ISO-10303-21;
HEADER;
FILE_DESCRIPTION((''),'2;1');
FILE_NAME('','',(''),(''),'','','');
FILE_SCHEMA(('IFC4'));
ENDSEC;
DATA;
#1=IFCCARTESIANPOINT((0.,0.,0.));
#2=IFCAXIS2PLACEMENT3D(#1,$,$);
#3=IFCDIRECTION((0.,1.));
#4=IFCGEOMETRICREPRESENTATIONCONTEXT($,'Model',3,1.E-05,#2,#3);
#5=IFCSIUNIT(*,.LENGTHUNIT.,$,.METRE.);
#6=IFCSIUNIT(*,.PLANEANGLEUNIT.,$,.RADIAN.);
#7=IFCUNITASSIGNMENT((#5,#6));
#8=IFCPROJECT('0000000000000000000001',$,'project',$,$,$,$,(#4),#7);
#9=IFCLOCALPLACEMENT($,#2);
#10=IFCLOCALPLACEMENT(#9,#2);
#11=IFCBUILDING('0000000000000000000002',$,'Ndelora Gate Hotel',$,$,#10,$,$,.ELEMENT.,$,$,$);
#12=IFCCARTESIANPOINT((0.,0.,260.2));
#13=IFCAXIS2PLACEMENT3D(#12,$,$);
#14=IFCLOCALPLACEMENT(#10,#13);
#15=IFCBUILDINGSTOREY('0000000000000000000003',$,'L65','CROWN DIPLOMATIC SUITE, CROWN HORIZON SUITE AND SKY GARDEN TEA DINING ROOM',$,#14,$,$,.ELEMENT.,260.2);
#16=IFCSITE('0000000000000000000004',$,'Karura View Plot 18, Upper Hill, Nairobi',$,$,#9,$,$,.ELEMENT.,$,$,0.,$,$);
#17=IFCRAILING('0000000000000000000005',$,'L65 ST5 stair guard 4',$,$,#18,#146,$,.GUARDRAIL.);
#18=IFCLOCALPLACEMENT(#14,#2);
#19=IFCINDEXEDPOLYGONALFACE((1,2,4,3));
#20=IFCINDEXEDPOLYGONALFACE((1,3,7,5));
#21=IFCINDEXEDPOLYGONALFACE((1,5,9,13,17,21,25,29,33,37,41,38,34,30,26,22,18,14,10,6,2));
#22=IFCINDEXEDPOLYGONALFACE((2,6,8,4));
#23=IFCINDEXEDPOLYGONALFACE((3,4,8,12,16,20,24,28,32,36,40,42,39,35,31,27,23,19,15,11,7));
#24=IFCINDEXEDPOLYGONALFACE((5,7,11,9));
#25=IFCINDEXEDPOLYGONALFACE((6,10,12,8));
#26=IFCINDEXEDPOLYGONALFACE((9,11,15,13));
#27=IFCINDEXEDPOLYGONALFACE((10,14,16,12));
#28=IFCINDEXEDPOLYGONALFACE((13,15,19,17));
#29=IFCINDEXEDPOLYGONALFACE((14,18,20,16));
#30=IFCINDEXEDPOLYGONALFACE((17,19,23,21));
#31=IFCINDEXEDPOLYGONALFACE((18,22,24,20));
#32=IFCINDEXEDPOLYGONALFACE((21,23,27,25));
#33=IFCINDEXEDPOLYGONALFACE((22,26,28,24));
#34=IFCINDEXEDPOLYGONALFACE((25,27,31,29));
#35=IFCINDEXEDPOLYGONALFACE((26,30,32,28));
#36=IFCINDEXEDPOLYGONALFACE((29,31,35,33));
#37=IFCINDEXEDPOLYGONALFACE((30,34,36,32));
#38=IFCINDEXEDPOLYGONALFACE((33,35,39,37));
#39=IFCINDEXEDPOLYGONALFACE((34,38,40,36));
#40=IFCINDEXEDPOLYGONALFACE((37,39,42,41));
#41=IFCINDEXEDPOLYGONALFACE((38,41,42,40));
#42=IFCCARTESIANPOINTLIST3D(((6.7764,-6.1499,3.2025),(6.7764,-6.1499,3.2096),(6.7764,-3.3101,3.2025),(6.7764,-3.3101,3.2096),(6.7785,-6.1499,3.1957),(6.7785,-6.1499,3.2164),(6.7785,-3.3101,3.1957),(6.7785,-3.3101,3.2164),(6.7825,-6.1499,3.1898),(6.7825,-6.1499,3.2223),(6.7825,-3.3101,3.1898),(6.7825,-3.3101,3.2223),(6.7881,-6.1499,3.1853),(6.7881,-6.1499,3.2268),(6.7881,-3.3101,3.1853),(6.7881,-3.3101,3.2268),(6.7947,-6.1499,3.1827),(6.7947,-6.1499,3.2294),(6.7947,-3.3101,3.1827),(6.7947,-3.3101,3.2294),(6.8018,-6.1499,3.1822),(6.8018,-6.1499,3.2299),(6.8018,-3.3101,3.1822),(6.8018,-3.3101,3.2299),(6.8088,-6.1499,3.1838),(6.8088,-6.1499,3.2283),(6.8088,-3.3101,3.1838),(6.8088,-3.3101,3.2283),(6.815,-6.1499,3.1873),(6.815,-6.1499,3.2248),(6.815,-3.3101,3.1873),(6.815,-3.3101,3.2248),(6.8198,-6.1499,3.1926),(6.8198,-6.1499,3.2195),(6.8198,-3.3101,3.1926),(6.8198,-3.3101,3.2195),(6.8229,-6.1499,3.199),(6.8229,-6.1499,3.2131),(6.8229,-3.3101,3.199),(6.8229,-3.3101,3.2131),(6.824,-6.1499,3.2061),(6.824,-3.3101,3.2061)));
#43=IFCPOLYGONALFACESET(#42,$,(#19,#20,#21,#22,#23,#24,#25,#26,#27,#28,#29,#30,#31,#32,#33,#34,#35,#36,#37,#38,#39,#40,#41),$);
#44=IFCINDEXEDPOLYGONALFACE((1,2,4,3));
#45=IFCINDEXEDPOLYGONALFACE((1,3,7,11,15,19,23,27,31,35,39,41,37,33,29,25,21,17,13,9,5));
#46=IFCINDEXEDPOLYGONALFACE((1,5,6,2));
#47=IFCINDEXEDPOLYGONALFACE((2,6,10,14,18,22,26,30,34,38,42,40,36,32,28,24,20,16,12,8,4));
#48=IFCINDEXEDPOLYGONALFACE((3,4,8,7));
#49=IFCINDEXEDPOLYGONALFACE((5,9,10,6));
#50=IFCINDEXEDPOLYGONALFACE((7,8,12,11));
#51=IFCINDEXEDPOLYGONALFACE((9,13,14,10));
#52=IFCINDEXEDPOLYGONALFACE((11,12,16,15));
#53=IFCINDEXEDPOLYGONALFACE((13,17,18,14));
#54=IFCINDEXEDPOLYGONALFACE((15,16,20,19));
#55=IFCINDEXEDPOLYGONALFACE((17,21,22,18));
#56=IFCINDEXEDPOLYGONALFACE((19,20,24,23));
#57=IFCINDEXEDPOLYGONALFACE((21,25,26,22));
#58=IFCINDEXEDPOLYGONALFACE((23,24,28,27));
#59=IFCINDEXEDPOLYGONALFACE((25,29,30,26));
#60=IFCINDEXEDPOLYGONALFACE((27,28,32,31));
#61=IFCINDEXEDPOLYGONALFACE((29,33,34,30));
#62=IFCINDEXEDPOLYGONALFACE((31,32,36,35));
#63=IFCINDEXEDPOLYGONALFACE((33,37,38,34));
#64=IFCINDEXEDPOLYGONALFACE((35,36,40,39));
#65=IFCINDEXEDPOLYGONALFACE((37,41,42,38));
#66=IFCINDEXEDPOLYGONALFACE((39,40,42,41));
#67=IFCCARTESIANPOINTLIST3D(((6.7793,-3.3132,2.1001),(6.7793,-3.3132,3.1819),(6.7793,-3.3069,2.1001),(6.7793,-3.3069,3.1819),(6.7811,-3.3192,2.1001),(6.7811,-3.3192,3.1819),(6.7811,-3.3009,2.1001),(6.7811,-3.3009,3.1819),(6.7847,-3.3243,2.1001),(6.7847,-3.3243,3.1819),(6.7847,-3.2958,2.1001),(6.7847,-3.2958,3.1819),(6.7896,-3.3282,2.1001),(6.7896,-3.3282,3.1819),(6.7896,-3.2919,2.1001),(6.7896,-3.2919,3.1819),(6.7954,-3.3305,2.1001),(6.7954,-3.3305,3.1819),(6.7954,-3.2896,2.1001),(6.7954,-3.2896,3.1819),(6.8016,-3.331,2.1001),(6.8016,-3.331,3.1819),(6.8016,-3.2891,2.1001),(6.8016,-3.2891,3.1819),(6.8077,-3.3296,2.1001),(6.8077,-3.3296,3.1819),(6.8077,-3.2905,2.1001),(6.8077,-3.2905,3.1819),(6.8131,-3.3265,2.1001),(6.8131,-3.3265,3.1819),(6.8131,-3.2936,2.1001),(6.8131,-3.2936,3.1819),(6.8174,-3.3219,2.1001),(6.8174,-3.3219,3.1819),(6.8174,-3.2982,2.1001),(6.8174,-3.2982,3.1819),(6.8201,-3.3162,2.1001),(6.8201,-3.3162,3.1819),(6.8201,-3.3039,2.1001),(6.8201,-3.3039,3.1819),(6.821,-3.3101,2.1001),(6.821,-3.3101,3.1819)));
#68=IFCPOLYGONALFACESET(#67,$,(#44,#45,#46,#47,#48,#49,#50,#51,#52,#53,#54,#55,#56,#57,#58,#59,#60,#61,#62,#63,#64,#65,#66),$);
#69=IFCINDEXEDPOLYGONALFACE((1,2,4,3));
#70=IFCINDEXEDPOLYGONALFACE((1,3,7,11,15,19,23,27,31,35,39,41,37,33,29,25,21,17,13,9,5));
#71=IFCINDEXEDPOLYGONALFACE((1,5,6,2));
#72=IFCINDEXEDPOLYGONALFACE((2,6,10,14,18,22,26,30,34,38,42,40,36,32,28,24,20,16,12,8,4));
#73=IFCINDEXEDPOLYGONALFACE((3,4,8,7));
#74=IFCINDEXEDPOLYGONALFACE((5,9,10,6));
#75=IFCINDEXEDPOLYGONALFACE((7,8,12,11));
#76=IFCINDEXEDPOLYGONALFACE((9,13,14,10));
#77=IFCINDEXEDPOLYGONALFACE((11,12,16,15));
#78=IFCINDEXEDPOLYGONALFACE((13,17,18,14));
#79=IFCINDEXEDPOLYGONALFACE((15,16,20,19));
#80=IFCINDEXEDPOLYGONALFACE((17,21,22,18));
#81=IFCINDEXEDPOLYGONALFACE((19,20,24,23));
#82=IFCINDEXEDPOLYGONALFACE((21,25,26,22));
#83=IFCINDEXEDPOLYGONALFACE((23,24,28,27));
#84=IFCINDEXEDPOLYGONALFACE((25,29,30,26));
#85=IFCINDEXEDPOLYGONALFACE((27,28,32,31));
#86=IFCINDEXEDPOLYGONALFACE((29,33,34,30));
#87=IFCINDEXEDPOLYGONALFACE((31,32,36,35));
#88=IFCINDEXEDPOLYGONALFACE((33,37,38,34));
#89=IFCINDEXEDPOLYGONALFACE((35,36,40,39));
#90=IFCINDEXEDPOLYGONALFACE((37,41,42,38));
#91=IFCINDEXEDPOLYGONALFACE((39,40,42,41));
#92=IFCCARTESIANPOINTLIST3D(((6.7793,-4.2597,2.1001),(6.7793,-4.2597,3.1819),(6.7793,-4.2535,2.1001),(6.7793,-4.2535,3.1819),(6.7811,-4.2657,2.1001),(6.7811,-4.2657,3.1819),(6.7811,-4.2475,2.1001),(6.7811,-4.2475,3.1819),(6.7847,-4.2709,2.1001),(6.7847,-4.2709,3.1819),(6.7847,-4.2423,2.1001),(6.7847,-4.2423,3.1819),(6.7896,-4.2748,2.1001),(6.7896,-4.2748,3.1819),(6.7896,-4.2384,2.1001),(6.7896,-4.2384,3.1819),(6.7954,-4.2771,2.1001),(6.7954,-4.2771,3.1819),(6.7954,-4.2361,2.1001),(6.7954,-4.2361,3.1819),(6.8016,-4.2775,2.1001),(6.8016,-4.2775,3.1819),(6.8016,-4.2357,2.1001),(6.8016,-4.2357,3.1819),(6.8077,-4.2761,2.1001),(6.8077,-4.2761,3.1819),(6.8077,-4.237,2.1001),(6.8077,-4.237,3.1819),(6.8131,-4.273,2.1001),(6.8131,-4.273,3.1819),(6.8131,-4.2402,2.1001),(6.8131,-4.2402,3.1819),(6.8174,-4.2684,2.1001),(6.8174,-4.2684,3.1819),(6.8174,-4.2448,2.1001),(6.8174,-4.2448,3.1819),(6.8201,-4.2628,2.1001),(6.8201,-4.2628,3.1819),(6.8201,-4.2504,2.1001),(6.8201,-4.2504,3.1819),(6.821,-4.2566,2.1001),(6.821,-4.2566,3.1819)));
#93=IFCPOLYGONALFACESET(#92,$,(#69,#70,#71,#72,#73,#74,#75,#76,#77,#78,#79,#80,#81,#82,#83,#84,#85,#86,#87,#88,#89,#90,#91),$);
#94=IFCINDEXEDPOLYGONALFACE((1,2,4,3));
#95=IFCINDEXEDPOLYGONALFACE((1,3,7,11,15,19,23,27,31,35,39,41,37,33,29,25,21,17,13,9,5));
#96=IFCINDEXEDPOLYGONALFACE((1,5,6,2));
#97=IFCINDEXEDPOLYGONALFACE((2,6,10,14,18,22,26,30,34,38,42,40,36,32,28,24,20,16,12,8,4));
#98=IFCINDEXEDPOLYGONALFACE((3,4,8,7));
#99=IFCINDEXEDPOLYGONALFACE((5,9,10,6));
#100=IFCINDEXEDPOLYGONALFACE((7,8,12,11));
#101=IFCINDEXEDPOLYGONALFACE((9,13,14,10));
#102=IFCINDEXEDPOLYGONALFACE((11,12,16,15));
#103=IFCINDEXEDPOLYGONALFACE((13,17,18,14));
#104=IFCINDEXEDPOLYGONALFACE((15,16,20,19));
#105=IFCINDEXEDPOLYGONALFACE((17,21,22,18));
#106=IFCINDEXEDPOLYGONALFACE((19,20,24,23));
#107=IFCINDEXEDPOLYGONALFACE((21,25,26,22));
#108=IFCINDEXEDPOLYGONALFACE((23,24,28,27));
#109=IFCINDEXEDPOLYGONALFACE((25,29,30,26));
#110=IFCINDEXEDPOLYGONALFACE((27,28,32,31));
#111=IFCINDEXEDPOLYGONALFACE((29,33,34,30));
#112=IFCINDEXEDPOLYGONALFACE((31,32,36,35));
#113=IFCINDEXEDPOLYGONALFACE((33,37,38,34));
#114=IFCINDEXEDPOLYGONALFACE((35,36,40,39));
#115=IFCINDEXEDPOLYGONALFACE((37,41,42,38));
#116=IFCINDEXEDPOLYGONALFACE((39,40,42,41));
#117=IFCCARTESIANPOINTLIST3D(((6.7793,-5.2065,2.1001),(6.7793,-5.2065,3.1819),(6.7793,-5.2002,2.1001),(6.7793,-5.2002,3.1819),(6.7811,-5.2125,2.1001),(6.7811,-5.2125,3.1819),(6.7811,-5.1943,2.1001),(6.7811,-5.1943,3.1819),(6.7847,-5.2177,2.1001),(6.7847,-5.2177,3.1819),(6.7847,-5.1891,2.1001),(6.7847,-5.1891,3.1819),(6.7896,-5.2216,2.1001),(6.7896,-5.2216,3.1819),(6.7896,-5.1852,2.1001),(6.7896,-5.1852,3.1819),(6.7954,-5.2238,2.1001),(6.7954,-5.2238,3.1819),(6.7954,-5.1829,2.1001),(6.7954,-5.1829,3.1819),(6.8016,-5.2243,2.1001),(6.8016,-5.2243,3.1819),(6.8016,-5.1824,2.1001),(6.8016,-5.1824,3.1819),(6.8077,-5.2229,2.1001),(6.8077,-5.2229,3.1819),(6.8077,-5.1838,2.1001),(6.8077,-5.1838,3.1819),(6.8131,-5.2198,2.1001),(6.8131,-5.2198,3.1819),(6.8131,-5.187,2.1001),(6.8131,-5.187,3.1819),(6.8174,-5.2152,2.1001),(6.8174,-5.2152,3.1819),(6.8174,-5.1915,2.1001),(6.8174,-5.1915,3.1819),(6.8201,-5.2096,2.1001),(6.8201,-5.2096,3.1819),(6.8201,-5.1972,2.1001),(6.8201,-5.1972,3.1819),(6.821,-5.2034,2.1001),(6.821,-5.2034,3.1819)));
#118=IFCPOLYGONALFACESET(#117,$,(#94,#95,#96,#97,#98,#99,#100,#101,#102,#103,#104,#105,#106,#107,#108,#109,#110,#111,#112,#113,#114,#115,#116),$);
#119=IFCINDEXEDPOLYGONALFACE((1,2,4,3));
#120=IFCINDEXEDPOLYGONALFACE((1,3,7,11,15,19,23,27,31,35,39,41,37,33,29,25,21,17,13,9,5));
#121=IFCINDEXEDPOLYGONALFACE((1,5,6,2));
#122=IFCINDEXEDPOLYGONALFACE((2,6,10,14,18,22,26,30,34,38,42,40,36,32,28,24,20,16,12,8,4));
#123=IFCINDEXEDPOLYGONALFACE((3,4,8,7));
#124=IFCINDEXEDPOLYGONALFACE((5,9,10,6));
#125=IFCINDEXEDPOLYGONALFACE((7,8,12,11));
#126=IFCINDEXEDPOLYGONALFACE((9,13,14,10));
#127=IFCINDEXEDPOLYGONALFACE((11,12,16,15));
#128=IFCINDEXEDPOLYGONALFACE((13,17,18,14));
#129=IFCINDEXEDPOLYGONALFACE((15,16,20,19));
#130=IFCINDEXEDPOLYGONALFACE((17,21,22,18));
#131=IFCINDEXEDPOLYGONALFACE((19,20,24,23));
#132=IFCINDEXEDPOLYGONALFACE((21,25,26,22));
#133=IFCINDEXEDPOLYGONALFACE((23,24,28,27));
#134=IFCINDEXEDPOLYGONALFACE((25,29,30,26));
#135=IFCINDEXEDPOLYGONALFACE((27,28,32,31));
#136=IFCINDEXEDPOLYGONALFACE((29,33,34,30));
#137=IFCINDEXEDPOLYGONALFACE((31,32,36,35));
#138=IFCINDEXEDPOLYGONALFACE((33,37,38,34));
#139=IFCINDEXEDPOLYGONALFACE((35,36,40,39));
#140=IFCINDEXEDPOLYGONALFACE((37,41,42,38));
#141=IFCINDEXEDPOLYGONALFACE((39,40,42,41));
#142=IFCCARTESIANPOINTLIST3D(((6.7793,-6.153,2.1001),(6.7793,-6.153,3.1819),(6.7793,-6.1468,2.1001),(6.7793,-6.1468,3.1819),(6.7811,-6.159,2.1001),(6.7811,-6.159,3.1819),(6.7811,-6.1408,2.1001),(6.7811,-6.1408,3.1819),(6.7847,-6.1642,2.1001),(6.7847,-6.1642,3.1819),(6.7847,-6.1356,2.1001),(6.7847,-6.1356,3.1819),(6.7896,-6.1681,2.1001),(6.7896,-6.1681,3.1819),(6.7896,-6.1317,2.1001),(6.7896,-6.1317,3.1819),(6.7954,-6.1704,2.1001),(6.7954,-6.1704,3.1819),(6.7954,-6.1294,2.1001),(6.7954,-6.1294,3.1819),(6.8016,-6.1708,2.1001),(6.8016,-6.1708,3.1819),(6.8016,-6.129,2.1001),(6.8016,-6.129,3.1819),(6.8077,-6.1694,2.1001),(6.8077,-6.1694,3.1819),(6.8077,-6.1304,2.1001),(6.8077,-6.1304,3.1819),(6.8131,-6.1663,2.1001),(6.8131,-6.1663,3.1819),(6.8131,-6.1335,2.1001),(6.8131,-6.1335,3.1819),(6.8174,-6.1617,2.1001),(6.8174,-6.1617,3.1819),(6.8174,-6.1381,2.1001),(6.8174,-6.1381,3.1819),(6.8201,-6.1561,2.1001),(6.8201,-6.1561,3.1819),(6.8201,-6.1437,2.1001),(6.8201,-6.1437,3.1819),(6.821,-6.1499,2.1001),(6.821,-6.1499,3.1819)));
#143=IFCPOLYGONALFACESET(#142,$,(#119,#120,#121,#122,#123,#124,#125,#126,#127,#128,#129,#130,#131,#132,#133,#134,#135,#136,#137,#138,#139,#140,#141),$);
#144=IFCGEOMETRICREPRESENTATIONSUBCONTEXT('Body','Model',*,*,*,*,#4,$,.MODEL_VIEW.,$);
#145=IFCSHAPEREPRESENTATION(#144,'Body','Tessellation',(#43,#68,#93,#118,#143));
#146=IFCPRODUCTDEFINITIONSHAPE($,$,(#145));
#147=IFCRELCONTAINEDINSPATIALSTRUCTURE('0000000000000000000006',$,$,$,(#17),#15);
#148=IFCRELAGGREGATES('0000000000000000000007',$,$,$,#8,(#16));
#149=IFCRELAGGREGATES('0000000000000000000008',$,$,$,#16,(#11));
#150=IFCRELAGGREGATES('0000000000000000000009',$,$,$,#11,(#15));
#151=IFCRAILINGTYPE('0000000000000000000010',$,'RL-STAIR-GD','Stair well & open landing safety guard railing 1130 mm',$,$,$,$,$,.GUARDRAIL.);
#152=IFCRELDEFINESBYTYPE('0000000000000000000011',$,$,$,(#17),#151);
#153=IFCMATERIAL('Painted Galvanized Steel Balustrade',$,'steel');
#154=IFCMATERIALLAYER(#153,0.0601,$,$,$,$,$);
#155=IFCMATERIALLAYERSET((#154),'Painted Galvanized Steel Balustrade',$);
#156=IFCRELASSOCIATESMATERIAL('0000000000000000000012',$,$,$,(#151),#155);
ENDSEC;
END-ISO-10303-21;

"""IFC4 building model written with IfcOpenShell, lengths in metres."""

from ifc_helpers import new_model, si_unit, direction, frame, origin, origin_2d, place, context, subcontext, project, spatial, circle, extrude, material, layer, layer_set, type_object, element, save


model = new_model("IFC4")

# Units and contexts
model_context = context("Model", 3, precision=1e-05, world=origin(), true_north=direction((0.0, 1.0)))
body_context = subcontext(model_context, "Body", "Model", "MODEL_VIEW")
ifc_project = project(units=[si_unit("LENGTHUNIT", "METRE"), si_unit("PLANEANGLEUNIT", "RADIAN")], contexts=[model_context])

# Site, building, storey
site_placement = place(None, origin())
site = spatial("IfcSite", under=ifc_project, at=site_placement, Name="Karura View Plot 18, Upper Hill, Nairobi", CompositionType="ELEMENT", RefElevation=0.0)
building_placement = place(site_placement, origin())
building = spatial("IfcBuilding", under=site, at=building_placement, Name="Ndelora Gate Hotel", CompositionType="ELEMENT")
storey_placement = place(building_placement, frame((0.0, 0.0, 260.2)))
storey = spatial("IfcBuildingStorey", under=building, at=storey_placement, Name="L65", Description="CROWN DIPLOMATIC SUITE, CROWN HORIZON SUITE AND SKY GARDEN TEA DINING ROOM", CompositionType="ELEMENT", Elevation=260.2)

# Railing
ifc_material_1 = material(Name="Painted Galvanized Steel Balustrade", Category="steel")
ifc_layer_1 = layer(ifc_material_1, 0.0601)
ifc_layer_set_1 = layer_set([ifc_layer_1], Name="Painted Galvanized Steel Balustrade")
railing_type_1 = type_object("IfcRailingType", Name="RL-STAIR-GD", Description="Stair well & open landing safety guard railing 1130 mm", PredefinedType="GUARDRAIL", material=ifc_layer_set_1)
for number, where, name in (
    (1, (6.8, -3.3101, 2.1001), "L65 ST5 stair guard 4"),
):
    element("IfcRailing", number, at=place(storey_placement, frame(where)), inside=storey, type_object=railing_type_1, Name=name, PredefinedType="GUARDRAIL", context=body_context, shape_type="SweptSolid", body=[
        extrude(circle(Radius=0.0239, at=origin_2d()), frame((0.0, 0.0, 1.106), z_axis=(0.0, -1.0, 0.0), x_axis=(1.0, 0.0, 0.0)), (0.0, 0.0, 1.0), 2.8398),
        extrude(circle(Radius=0.021, at=origin_2d()), origin(), (0.0, 0.0, 1.0), 1.0818),
        extrude(circle(Radius=0.021, at=origin_2d()), frame((0.0, -0.9465, 0.0)), (0.0, 0.0, 1.0), 1.0818),
        extrude(circle(Radius=0.021, at=origin_2d()), frame((0.0, -1.8933, 0.0)), (0.0, 0.0, 1.0), 1.0818),
        extrude(circle(Radius=0.021, at=origin_2d()), frame((0.0, -2.8398, 0.0)), (0.0, 0.0, 1.0), 1.0818),
    ])

save(model, "model.ifc")
